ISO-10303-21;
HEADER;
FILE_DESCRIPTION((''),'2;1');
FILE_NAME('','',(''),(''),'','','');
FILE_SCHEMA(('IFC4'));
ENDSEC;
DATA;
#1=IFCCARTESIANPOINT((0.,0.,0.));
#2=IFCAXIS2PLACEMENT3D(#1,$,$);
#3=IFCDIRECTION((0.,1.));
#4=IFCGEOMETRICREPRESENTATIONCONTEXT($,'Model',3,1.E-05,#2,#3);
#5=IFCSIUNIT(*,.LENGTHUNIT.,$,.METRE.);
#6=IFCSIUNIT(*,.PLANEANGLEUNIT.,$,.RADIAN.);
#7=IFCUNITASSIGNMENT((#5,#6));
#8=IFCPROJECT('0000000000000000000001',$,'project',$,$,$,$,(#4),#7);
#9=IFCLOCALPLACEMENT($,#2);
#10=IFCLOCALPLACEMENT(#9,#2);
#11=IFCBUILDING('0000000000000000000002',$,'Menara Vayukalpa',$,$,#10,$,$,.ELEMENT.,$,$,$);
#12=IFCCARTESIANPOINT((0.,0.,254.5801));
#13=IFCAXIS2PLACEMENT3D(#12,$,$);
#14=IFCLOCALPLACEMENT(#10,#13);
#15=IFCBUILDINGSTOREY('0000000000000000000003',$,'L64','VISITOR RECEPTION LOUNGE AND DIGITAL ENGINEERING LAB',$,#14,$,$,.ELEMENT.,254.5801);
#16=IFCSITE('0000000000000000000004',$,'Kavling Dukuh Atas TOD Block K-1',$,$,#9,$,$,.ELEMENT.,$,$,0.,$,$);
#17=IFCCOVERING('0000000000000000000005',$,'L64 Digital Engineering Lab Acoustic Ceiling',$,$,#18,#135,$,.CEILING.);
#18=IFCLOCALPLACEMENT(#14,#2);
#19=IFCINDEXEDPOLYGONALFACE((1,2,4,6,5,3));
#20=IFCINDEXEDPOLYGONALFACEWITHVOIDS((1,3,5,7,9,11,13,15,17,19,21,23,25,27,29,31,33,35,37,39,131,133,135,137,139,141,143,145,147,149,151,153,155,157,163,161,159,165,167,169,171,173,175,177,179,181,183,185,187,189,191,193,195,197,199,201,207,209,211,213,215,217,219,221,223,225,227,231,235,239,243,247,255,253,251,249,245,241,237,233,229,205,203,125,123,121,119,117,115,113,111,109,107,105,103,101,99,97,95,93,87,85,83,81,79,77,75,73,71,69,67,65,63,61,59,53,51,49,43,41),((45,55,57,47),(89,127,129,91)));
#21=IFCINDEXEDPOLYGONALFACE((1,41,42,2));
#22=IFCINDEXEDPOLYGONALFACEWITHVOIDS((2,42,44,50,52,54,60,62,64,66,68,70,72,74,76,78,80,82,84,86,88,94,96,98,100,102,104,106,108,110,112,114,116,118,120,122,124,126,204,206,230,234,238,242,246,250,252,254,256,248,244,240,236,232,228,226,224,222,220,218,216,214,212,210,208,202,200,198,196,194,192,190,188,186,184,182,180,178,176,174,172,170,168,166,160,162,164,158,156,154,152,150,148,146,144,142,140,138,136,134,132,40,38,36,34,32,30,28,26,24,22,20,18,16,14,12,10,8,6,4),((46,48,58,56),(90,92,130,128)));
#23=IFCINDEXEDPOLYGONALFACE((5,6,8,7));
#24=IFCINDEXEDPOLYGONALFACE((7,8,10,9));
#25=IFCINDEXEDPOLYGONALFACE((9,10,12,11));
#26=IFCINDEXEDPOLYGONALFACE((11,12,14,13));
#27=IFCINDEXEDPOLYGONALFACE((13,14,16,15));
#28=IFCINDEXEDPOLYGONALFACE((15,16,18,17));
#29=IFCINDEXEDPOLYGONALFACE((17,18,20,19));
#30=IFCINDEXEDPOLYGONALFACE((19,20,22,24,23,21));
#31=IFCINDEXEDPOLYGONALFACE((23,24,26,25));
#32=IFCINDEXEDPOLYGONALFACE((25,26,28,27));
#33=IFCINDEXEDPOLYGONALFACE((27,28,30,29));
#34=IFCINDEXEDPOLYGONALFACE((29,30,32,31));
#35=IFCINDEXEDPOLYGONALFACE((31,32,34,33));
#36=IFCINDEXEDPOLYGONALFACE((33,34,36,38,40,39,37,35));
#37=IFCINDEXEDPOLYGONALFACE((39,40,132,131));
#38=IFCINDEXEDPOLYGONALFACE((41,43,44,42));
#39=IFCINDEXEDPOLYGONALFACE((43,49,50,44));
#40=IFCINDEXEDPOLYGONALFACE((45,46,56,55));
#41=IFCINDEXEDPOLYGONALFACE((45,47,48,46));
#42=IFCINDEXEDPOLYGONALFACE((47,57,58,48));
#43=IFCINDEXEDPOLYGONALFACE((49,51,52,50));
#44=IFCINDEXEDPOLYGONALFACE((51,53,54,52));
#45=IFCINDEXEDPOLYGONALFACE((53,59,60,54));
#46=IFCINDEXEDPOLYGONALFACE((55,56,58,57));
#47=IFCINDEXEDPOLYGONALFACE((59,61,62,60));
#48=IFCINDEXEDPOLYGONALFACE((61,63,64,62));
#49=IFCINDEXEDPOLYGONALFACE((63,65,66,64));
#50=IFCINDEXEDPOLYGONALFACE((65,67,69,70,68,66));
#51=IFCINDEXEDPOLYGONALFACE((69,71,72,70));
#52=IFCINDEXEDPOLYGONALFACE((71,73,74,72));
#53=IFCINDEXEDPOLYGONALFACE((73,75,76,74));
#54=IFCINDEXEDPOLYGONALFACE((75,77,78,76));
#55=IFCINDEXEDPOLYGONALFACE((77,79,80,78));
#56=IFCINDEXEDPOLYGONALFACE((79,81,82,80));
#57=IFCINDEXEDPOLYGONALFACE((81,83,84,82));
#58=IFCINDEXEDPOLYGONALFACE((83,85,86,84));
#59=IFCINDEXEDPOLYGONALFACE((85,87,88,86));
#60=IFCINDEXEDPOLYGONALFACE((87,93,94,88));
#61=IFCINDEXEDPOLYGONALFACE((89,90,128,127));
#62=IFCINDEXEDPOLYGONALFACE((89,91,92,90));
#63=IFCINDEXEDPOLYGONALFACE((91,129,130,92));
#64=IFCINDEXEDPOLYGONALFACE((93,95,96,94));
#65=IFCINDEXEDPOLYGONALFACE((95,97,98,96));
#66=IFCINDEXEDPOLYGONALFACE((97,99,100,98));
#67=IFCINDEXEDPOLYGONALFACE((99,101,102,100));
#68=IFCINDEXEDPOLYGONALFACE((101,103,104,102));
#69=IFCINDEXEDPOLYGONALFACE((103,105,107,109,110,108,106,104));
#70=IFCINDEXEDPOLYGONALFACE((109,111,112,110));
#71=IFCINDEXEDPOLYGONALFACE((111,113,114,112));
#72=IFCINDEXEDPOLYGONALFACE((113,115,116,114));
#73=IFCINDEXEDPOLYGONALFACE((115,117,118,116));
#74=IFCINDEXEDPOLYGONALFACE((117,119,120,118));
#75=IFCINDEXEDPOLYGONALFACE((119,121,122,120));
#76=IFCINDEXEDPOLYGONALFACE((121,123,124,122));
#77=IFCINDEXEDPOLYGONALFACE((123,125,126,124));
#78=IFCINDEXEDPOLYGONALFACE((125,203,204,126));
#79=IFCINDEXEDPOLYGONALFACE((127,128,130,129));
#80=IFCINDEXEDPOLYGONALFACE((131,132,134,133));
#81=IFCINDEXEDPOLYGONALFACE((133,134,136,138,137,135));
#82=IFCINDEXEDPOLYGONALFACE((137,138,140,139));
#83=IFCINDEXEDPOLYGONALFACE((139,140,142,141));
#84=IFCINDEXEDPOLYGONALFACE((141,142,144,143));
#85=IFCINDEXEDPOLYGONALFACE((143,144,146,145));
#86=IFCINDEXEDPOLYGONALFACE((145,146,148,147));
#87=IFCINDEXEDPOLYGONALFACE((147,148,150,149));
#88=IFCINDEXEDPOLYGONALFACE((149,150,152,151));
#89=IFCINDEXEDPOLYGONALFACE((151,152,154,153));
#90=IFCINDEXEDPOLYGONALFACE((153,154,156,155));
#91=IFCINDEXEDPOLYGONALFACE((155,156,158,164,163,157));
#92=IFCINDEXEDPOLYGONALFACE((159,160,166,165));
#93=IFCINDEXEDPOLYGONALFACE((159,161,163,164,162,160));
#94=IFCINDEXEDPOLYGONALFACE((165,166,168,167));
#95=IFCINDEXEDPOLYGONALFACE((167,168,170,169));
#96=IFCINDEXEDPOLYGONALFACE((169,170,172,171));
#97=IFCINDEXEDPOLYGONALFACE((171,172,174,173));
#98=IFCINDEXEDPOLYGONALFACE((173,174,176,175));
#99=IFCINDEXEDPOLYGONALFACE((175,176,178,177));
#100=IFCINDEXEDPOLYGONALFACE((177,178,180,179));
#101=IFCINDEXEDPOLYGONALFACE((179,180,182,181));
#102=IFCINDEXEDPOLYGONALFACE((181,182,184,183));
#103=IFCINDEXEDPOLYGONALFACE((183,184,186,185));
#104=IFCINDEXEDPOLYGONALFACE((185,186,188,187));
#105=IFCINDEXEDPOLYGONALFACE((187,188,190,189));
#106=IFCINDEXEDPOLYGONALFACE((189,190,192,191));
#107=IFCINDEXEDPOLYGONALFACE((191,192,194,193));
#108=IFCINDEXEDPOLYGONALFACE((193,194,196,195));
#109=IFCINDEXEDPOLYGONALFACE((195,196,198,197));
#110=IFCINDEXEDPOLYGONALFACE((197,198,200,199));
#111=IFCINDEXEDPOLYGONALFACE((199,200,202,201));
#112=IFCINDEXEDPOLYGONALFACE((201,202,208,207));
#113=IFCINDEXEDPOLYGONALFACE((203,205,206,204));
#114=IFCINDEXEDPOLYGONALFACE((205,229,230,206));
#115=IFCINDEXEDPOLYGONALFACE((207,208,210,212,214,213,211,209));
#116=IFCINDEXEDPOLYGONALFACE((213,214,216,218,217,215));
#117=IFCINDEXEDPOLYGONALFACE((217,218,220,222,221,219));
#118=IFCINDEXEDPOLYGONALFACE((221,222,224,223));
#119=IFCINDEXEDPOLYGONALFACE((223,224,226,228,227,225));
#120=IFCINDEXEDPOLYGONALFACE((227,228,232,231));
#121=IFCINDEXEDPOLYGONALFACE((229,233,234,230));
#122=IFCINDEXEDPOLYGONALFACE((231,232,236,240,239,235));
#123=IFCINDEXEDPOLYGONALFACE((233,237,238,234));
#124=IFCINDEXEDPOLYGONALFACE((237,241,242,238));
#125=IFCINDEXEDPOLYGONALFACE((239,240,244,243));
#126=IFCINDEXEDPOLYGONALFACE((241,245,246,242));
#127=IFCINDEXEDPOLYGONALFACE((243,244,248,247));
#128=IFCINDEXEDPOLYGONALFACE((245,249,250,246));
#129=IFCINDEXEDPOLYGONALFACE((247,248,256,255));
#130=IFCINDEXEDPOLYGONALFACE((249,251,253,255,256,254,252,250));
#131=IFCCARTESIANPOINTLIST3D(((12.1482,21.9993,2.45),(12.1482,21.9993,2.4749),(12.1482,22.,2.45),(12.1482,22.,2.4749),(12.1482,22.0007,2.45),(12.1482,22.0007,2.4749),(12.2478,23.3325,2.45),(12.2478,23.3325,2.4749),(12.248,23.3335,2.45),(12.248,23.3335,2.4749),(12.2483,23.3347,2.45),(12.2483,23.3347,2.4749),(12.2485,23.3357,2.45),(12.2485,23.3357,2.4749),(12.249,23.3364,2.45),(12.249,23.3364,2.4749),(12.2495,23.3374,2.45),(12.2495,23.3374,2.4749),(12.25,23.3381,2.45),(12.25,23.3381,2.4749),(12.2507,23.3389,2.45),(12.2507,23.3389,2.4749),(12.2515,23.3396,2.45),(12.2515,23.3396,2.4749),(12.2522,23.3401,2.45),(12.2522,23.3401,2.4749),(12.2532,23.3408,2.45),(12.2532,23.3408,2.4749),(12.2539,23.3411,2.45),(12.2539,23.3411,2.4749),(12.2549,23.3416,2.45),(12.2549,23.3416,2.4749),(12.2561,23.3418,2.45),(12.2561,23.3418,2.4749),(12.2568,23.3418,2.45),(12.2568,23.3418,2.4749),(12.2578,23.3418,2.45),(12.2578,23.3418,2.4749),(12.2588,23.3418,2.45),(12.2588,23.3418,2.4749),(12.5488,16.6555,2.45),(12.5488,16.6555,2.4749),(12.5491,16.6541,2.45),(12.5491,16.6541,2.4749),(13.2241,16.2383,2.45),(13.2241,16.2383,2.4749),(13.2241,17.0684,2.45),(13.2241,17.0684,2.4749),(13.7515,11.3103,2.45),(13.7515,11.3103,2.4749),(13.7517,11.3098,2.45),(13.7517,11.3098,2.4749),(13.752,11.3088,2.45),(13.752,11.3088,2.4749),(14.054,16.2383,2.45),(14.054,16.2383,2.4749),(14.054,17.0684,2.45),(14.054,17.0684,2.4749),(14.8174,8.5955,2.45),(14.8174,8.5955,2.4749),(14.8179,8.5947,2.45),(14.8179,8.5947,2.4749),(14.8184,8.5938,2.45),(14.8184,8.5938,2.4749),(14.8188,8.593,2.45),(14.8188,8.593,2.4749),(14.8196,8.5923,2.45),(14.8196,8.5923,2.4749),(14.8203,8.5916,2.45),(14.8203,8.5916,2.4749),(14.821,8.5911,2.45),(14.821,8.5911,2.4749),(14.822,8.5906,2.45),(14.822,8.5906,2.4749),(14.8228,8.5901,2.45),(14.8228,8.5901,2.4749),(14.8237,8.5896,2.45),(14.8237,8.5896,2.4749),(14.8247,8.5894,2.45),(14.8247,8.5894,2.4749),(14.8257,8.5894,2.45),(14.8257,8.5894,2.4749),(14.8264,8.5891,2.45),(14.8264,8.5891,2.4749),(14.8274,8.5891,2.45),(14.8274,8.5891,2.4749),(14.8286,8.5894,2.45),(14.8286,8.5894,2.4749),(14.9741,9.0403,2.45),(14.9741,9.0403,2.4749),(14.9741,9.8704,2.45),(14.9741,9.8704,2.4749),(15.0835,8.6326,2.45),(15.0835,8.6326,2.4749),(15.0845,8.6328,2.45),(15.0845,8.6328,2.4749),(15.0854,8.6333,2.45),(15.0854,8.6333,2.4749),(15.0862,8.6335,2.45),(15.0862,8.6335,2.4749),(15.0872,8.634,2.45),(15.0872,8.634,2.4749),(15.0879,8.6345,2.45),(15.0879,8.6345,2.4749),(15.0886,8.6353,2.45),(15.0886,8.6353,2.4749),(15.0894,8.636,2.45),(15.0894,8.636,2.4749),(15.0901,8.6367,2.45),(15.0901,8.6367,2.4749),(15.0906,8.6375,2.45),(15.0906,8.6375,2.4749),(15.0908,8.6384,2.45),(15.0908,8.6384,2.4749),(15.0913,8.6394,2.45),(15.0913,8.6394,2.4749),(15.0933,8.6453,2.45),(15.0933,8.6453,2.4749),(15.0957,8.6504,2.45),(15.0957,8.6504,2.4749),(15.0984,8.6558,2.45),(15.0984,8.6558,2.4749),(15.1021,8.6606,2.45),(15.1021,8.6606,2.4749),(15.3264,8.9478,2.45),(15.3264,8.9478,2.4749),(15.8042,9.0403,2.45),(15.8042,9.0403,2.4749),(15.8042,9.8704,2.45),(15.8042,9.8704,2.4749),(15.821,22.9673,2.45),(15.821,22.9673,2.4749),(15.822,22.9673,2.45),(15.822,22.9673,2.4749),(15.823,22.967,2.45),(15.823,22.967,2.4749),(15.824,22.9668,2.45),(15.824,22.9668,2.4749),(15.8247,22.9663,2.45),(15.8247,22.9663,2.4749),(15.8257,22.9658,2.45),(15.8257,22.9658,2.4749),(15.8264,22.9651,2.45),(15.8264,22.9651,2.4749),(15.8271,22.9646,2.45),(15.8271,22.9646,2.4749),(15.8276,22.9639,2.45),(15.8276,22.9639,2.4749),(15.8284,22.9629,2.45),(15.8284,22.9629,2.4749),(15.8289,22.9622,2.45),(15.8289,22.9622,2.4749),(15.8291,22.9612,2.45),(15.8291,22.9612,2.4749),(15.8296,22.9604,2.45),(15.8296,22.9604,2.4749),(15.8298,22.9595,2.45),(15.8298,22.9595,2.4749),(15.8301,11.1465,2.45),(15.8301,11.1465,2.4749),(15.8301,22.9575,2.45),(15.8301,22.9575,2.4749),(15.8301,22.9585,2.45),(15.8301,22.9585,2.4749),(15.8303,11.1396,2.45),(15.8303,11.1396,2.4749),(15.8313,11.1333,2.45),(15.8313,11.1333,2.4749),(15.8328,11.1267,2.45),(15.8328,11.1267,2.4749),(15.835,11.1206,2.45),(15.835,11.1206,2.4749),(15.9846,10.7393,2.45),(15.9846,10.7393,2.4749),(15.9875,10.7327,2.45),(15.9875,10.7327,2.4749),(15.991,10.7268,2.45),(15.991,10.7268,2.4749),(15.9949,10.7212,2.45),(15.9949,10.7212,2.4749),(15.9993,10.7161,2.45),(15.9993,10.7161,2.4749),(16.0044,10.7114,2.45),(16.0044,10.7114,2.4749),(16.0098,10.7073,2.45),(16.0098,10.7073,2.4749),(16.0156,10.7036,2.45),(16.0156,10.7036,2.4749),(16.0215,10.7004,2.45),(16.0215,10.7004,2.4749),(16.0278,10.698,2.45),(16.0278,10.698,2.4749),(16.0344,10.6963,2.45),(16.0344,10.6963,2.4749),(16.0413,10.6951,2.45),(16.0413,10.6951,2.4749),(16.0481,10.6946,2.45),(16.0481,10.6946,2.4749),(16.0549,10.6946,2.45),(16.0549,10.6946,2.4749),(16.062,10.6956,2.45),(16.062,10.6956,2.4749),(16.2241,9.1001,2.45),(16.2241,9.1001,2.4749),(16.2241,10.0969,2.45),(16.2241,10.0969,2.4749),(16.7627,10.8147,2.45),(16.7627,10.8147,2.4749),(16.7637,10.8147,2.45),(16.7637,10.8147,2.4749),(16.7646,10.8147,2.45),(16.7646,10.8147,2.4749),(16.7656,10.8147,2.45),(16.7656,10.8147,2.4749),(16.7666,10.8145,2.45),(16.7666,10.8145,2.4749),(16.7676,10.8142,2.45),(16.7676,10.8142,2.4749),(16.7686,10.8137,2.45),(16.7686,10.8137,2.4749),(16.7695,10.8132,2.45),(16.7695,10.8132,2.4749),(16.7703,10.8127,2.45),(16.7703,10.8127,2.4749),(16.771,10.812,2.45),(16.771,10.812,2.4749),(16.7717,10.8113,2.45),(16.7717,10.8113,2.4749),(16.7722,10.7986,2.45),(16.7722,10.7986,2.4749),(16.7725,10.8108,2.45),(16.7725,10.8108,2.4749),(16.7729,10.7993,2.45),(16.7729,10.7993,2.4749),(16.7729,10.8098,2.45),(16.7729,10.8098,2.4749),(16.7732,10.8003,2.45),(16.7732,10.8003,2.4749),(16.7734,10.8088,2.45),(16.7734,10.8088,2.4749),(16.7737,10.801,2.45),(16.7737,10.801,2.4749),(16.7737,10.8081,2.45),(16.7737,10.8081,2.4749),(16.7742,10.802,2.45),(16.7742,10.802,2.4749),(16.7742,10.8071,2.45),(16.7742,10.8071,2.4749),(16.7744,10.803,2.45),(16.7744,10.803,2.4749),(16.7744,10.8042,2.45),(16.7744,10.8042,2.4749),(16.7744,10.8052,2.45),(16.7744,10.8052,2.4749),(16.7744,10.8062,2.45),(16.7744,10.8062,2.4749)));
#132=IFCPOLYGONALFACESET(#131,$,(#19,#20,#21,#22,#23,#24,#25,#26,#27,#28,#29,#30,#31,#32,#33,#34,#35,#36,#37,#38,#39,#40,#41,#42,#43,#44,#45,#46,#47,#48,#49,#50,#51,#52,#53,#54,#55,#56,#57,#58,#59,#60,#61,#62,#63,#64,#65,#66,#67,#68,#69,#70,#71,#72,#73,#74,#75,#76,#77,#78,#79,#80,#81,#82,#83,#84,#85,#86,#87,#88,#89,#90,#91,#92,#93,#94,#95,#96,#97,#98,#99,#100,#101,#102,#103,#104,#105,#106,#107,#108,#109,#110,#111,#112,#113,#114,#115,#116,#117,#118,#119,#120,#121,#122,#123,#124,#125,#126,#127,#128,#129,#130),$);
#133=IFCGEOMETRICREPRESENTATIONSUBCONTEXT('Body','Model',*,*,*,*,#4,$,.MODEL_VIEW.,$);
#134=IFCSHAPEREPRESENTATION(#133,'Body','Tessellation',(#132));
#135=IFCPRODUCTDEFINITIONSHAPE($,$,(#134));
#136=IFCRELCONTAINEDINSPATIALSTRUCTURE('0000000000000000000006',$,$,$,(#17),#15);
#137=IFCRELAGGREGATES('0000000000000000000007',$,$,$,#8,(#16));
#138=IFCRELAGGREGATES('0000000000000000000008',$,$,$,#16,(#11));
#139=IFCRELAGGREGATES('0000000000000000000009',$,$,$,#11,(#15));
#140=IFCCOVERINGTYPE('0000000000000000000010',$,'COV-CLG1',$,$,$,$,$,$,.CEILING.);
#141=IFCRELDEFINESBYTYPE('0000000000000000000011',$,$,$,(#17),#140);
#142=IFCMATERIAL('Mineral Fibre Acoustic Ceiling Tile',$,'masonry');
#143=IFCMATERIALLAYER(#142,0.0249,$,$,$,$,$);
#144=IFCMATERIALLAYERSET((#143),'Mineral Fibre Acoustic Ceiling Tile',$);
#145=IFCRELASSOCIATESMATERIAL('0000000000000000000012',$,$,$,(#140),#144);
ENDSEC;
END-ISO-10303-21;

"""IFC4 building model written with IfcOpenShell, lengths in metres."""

from ifc_helpers import new_model, si_unit, direction, frame, origin, place, context, subcontext, project, spatial, polyline, outline, extrude, material, layer, layer_set, type_object, element, save


model = new_model("IFC4")

# Units and contexts
model_context = context("Model", 3, precision=1e-05, world=origin(), true_north=direction((0.0, 1.0)))
body_context = subcontext(model_context, "Body", "Model", "MODEL_VIEW")
ifc_project = project(units=[si_unit("LENGTHUNIT", "METRE"), si_unit("PLANEANGLEUNIT", "RADIAN")], contexts=[model_context])

# Site, building, storey
site_placement = place(None, origin())
site = spatial("IfcSite", under=ifc_project, at=site_placement, Name="Kavling Dukuh Atas TOD Block K-1", CompositionType="ELEMENT", RefElevation=0.0)
building_placement = place(site_placement, origin())
building = spatial("IfcBuilding", under=site, at=building_placement, Name="Menara Vayukalpa", CompositionType="ELEMENT")
storey_placement = place(building_placement, frame((0.0, 0.0, 254.5801)))
storey = spatial("IfcBuildingStorey", under=building, at=storey_placement, Name="L64", Description="VISITOR RECEPTION LOUNGE AND DIGITAL ENGINEERING LAB", CompositionType="ELEMENT", Elevation=254.5801)

# Covering
ifc_material_1 = material(Name="Mineral Fibre Acoustic Ceiling Tile", Category="masonry")
ifc_layer_1 = layer(ifc_material_1, 0.0249)
ifc_layer_set_1 = layer_set([ifc_layer_1], Name="Mineral Fibre Acoustic Ceiling Tile")
covering_type_1 = type_object("IfcCoveringType", Name="COV-CLG1", PredefinedType="CEILING", material=ifc_layer_set_1)
covering_1_placement = place(storey_placement, frame((0.0, 0.0, 2.45)))
element("IfcCovering", 1, at=covering_1_placement, inside=storey, type_object=covering_type_1, Name="L64 Digital Engineering Lab Acoustic Ceiling", PredefinedType="CEILING", context=body_context, shape_type="SweptSolid", body=[
    extrude(outline(polyline([(15.3264, 8.9478), (15.1021, 8.6606), (15.0984, 8.6558), (15.0957, 8.6504), (15.0933, 8.6453), (15.0913, 8.6394), (15.0908, 8.6384), (15.0906, 8.6375), (15.0901, 8.6367), (15.0894, 8.636), (15.0886, 8.6353), (15.0879, 8.6345), (15.0872, 8.634), (15.0862, 8.6335), (15.0854, 8.6333), (15.0845, 8.6328), (15.0835, 8.6326), (14.8286, 8.5894), (14.8274, 8.5891), (14.8264, 8.5891), (14.8257, 8.5894), (14.8247, 8.5894), (14.8237, 8.5896), (14.8228, 8.5901), (14.822, 8.5906), (14.821, 8.5911), (14.8203, 8.5916), (14.8196, 8.5923), (14.8188, 8.593), (14.8184, 8.5938), (14.8179, 8.5947), (14.8174, 8.5955), (13.752, 11.3088), (13.7517, 11.3098), (13.7515, 11.3103), (12.5491, 16.6541), (12.5488, 16.6555), (12.1482, 21.9993), (12.1482, 22.0), (12.1482, 22.0007), (12.2478, 23.3325), (12.248, 23.3335), (12.2483, 23.3347), (12.2485, 23.3357), (12.249, 23.3364), (12.2495, 23.3374), (12.25, 23.3381), (12.2507, 23.3389), (12.2515, 23.3396), (12.2522, 23.3401), (12.2532, 23.3408), (12.2539, 23.3411), (12.2549, 23.3416), (12.2561, 23.3418), (12.2568, 23.3418), (12.2578, 23.3418), (12.2588, 23.3418), (15.821, 22.9673), (15.822, 22.9673), (15.823, 22.967), (15.824, 22.9668), (15.8247, 22.9663), (15.8257, 22.9658), (15.8264, 22.9651), (15.8271, 22.9646), (15.8276, 22.9639), (15.8284, 22.9629), (15.8289, 22.9622), (15.8291, 22.9612), (15.8296, 22.9604), (15.8298, 22.9595), (15.8301, 22.9585), (15.8301, 22.9575), (15.8301, 11.1465), (15.8303, 11.1396), (15.8313, 11.1333), (15.8328, 11.1267), (15.835, 11.1206), (15.9846, 10.7393), (15.9875, 10.7327), (15.991, 10.7268), (15.9949, 10.7212), (15.9993, 10.7161), (16.0044, 10.7114), (16.0098, 10.7073), (16.0156, 10.7036), (16.0215, 10.7004), (16.0278, 10.698), (16.0344, 10.6963), (16.0413, 10.6951), (16.0481, 10.6946), (16.0549, 10.6946), (16.062, 10.6956), (16.7627, 10.8147), (16.7637, 10.8147), (16.7646, 10.8147), (16.7656, 10.8147), (16.7666, 10.8145), (16.7676, 10.8142), (16.7686, 10.8137), (16.7695, 10.8132), (16.7703, 10.8127), (16.771, 10.812), (16.7717, 10.8113), (16.7725, 10.8108), (16.7729, 10.8098), (16.7734, 10.8088), (16.7737, 10.8081), (16.7742, 10.8071), (16.7744, 10.8062), (16.7744, 10.8052), (16.7744, 10.8042), (16.7744, 10.803), (16.7742, 10.802), (16.7737, 10.801), (16.7732, 10.8003), (16.7729, 10.7993), (16.7722, 10.7986), (16.2241, 10.0969), (16.2241, 9.1001), (15.3264, 8.9478)]), holes=[polyline([(14.9741, 9.8704), (14.9741, 9.0403), (15.8042, 9.0403), (15.8042, 9.8704), (14.9741, 9.8704)]), polyline([(14.054, 17.0684), (13.2241, 17.0684), (13.2241, 16.2383), (14.054, 16.2383), (14.054, 17.0684)])]), origin(), (0.0, 0.0, 1.0), 0.0249),
])

save(model, "model.ifc")
